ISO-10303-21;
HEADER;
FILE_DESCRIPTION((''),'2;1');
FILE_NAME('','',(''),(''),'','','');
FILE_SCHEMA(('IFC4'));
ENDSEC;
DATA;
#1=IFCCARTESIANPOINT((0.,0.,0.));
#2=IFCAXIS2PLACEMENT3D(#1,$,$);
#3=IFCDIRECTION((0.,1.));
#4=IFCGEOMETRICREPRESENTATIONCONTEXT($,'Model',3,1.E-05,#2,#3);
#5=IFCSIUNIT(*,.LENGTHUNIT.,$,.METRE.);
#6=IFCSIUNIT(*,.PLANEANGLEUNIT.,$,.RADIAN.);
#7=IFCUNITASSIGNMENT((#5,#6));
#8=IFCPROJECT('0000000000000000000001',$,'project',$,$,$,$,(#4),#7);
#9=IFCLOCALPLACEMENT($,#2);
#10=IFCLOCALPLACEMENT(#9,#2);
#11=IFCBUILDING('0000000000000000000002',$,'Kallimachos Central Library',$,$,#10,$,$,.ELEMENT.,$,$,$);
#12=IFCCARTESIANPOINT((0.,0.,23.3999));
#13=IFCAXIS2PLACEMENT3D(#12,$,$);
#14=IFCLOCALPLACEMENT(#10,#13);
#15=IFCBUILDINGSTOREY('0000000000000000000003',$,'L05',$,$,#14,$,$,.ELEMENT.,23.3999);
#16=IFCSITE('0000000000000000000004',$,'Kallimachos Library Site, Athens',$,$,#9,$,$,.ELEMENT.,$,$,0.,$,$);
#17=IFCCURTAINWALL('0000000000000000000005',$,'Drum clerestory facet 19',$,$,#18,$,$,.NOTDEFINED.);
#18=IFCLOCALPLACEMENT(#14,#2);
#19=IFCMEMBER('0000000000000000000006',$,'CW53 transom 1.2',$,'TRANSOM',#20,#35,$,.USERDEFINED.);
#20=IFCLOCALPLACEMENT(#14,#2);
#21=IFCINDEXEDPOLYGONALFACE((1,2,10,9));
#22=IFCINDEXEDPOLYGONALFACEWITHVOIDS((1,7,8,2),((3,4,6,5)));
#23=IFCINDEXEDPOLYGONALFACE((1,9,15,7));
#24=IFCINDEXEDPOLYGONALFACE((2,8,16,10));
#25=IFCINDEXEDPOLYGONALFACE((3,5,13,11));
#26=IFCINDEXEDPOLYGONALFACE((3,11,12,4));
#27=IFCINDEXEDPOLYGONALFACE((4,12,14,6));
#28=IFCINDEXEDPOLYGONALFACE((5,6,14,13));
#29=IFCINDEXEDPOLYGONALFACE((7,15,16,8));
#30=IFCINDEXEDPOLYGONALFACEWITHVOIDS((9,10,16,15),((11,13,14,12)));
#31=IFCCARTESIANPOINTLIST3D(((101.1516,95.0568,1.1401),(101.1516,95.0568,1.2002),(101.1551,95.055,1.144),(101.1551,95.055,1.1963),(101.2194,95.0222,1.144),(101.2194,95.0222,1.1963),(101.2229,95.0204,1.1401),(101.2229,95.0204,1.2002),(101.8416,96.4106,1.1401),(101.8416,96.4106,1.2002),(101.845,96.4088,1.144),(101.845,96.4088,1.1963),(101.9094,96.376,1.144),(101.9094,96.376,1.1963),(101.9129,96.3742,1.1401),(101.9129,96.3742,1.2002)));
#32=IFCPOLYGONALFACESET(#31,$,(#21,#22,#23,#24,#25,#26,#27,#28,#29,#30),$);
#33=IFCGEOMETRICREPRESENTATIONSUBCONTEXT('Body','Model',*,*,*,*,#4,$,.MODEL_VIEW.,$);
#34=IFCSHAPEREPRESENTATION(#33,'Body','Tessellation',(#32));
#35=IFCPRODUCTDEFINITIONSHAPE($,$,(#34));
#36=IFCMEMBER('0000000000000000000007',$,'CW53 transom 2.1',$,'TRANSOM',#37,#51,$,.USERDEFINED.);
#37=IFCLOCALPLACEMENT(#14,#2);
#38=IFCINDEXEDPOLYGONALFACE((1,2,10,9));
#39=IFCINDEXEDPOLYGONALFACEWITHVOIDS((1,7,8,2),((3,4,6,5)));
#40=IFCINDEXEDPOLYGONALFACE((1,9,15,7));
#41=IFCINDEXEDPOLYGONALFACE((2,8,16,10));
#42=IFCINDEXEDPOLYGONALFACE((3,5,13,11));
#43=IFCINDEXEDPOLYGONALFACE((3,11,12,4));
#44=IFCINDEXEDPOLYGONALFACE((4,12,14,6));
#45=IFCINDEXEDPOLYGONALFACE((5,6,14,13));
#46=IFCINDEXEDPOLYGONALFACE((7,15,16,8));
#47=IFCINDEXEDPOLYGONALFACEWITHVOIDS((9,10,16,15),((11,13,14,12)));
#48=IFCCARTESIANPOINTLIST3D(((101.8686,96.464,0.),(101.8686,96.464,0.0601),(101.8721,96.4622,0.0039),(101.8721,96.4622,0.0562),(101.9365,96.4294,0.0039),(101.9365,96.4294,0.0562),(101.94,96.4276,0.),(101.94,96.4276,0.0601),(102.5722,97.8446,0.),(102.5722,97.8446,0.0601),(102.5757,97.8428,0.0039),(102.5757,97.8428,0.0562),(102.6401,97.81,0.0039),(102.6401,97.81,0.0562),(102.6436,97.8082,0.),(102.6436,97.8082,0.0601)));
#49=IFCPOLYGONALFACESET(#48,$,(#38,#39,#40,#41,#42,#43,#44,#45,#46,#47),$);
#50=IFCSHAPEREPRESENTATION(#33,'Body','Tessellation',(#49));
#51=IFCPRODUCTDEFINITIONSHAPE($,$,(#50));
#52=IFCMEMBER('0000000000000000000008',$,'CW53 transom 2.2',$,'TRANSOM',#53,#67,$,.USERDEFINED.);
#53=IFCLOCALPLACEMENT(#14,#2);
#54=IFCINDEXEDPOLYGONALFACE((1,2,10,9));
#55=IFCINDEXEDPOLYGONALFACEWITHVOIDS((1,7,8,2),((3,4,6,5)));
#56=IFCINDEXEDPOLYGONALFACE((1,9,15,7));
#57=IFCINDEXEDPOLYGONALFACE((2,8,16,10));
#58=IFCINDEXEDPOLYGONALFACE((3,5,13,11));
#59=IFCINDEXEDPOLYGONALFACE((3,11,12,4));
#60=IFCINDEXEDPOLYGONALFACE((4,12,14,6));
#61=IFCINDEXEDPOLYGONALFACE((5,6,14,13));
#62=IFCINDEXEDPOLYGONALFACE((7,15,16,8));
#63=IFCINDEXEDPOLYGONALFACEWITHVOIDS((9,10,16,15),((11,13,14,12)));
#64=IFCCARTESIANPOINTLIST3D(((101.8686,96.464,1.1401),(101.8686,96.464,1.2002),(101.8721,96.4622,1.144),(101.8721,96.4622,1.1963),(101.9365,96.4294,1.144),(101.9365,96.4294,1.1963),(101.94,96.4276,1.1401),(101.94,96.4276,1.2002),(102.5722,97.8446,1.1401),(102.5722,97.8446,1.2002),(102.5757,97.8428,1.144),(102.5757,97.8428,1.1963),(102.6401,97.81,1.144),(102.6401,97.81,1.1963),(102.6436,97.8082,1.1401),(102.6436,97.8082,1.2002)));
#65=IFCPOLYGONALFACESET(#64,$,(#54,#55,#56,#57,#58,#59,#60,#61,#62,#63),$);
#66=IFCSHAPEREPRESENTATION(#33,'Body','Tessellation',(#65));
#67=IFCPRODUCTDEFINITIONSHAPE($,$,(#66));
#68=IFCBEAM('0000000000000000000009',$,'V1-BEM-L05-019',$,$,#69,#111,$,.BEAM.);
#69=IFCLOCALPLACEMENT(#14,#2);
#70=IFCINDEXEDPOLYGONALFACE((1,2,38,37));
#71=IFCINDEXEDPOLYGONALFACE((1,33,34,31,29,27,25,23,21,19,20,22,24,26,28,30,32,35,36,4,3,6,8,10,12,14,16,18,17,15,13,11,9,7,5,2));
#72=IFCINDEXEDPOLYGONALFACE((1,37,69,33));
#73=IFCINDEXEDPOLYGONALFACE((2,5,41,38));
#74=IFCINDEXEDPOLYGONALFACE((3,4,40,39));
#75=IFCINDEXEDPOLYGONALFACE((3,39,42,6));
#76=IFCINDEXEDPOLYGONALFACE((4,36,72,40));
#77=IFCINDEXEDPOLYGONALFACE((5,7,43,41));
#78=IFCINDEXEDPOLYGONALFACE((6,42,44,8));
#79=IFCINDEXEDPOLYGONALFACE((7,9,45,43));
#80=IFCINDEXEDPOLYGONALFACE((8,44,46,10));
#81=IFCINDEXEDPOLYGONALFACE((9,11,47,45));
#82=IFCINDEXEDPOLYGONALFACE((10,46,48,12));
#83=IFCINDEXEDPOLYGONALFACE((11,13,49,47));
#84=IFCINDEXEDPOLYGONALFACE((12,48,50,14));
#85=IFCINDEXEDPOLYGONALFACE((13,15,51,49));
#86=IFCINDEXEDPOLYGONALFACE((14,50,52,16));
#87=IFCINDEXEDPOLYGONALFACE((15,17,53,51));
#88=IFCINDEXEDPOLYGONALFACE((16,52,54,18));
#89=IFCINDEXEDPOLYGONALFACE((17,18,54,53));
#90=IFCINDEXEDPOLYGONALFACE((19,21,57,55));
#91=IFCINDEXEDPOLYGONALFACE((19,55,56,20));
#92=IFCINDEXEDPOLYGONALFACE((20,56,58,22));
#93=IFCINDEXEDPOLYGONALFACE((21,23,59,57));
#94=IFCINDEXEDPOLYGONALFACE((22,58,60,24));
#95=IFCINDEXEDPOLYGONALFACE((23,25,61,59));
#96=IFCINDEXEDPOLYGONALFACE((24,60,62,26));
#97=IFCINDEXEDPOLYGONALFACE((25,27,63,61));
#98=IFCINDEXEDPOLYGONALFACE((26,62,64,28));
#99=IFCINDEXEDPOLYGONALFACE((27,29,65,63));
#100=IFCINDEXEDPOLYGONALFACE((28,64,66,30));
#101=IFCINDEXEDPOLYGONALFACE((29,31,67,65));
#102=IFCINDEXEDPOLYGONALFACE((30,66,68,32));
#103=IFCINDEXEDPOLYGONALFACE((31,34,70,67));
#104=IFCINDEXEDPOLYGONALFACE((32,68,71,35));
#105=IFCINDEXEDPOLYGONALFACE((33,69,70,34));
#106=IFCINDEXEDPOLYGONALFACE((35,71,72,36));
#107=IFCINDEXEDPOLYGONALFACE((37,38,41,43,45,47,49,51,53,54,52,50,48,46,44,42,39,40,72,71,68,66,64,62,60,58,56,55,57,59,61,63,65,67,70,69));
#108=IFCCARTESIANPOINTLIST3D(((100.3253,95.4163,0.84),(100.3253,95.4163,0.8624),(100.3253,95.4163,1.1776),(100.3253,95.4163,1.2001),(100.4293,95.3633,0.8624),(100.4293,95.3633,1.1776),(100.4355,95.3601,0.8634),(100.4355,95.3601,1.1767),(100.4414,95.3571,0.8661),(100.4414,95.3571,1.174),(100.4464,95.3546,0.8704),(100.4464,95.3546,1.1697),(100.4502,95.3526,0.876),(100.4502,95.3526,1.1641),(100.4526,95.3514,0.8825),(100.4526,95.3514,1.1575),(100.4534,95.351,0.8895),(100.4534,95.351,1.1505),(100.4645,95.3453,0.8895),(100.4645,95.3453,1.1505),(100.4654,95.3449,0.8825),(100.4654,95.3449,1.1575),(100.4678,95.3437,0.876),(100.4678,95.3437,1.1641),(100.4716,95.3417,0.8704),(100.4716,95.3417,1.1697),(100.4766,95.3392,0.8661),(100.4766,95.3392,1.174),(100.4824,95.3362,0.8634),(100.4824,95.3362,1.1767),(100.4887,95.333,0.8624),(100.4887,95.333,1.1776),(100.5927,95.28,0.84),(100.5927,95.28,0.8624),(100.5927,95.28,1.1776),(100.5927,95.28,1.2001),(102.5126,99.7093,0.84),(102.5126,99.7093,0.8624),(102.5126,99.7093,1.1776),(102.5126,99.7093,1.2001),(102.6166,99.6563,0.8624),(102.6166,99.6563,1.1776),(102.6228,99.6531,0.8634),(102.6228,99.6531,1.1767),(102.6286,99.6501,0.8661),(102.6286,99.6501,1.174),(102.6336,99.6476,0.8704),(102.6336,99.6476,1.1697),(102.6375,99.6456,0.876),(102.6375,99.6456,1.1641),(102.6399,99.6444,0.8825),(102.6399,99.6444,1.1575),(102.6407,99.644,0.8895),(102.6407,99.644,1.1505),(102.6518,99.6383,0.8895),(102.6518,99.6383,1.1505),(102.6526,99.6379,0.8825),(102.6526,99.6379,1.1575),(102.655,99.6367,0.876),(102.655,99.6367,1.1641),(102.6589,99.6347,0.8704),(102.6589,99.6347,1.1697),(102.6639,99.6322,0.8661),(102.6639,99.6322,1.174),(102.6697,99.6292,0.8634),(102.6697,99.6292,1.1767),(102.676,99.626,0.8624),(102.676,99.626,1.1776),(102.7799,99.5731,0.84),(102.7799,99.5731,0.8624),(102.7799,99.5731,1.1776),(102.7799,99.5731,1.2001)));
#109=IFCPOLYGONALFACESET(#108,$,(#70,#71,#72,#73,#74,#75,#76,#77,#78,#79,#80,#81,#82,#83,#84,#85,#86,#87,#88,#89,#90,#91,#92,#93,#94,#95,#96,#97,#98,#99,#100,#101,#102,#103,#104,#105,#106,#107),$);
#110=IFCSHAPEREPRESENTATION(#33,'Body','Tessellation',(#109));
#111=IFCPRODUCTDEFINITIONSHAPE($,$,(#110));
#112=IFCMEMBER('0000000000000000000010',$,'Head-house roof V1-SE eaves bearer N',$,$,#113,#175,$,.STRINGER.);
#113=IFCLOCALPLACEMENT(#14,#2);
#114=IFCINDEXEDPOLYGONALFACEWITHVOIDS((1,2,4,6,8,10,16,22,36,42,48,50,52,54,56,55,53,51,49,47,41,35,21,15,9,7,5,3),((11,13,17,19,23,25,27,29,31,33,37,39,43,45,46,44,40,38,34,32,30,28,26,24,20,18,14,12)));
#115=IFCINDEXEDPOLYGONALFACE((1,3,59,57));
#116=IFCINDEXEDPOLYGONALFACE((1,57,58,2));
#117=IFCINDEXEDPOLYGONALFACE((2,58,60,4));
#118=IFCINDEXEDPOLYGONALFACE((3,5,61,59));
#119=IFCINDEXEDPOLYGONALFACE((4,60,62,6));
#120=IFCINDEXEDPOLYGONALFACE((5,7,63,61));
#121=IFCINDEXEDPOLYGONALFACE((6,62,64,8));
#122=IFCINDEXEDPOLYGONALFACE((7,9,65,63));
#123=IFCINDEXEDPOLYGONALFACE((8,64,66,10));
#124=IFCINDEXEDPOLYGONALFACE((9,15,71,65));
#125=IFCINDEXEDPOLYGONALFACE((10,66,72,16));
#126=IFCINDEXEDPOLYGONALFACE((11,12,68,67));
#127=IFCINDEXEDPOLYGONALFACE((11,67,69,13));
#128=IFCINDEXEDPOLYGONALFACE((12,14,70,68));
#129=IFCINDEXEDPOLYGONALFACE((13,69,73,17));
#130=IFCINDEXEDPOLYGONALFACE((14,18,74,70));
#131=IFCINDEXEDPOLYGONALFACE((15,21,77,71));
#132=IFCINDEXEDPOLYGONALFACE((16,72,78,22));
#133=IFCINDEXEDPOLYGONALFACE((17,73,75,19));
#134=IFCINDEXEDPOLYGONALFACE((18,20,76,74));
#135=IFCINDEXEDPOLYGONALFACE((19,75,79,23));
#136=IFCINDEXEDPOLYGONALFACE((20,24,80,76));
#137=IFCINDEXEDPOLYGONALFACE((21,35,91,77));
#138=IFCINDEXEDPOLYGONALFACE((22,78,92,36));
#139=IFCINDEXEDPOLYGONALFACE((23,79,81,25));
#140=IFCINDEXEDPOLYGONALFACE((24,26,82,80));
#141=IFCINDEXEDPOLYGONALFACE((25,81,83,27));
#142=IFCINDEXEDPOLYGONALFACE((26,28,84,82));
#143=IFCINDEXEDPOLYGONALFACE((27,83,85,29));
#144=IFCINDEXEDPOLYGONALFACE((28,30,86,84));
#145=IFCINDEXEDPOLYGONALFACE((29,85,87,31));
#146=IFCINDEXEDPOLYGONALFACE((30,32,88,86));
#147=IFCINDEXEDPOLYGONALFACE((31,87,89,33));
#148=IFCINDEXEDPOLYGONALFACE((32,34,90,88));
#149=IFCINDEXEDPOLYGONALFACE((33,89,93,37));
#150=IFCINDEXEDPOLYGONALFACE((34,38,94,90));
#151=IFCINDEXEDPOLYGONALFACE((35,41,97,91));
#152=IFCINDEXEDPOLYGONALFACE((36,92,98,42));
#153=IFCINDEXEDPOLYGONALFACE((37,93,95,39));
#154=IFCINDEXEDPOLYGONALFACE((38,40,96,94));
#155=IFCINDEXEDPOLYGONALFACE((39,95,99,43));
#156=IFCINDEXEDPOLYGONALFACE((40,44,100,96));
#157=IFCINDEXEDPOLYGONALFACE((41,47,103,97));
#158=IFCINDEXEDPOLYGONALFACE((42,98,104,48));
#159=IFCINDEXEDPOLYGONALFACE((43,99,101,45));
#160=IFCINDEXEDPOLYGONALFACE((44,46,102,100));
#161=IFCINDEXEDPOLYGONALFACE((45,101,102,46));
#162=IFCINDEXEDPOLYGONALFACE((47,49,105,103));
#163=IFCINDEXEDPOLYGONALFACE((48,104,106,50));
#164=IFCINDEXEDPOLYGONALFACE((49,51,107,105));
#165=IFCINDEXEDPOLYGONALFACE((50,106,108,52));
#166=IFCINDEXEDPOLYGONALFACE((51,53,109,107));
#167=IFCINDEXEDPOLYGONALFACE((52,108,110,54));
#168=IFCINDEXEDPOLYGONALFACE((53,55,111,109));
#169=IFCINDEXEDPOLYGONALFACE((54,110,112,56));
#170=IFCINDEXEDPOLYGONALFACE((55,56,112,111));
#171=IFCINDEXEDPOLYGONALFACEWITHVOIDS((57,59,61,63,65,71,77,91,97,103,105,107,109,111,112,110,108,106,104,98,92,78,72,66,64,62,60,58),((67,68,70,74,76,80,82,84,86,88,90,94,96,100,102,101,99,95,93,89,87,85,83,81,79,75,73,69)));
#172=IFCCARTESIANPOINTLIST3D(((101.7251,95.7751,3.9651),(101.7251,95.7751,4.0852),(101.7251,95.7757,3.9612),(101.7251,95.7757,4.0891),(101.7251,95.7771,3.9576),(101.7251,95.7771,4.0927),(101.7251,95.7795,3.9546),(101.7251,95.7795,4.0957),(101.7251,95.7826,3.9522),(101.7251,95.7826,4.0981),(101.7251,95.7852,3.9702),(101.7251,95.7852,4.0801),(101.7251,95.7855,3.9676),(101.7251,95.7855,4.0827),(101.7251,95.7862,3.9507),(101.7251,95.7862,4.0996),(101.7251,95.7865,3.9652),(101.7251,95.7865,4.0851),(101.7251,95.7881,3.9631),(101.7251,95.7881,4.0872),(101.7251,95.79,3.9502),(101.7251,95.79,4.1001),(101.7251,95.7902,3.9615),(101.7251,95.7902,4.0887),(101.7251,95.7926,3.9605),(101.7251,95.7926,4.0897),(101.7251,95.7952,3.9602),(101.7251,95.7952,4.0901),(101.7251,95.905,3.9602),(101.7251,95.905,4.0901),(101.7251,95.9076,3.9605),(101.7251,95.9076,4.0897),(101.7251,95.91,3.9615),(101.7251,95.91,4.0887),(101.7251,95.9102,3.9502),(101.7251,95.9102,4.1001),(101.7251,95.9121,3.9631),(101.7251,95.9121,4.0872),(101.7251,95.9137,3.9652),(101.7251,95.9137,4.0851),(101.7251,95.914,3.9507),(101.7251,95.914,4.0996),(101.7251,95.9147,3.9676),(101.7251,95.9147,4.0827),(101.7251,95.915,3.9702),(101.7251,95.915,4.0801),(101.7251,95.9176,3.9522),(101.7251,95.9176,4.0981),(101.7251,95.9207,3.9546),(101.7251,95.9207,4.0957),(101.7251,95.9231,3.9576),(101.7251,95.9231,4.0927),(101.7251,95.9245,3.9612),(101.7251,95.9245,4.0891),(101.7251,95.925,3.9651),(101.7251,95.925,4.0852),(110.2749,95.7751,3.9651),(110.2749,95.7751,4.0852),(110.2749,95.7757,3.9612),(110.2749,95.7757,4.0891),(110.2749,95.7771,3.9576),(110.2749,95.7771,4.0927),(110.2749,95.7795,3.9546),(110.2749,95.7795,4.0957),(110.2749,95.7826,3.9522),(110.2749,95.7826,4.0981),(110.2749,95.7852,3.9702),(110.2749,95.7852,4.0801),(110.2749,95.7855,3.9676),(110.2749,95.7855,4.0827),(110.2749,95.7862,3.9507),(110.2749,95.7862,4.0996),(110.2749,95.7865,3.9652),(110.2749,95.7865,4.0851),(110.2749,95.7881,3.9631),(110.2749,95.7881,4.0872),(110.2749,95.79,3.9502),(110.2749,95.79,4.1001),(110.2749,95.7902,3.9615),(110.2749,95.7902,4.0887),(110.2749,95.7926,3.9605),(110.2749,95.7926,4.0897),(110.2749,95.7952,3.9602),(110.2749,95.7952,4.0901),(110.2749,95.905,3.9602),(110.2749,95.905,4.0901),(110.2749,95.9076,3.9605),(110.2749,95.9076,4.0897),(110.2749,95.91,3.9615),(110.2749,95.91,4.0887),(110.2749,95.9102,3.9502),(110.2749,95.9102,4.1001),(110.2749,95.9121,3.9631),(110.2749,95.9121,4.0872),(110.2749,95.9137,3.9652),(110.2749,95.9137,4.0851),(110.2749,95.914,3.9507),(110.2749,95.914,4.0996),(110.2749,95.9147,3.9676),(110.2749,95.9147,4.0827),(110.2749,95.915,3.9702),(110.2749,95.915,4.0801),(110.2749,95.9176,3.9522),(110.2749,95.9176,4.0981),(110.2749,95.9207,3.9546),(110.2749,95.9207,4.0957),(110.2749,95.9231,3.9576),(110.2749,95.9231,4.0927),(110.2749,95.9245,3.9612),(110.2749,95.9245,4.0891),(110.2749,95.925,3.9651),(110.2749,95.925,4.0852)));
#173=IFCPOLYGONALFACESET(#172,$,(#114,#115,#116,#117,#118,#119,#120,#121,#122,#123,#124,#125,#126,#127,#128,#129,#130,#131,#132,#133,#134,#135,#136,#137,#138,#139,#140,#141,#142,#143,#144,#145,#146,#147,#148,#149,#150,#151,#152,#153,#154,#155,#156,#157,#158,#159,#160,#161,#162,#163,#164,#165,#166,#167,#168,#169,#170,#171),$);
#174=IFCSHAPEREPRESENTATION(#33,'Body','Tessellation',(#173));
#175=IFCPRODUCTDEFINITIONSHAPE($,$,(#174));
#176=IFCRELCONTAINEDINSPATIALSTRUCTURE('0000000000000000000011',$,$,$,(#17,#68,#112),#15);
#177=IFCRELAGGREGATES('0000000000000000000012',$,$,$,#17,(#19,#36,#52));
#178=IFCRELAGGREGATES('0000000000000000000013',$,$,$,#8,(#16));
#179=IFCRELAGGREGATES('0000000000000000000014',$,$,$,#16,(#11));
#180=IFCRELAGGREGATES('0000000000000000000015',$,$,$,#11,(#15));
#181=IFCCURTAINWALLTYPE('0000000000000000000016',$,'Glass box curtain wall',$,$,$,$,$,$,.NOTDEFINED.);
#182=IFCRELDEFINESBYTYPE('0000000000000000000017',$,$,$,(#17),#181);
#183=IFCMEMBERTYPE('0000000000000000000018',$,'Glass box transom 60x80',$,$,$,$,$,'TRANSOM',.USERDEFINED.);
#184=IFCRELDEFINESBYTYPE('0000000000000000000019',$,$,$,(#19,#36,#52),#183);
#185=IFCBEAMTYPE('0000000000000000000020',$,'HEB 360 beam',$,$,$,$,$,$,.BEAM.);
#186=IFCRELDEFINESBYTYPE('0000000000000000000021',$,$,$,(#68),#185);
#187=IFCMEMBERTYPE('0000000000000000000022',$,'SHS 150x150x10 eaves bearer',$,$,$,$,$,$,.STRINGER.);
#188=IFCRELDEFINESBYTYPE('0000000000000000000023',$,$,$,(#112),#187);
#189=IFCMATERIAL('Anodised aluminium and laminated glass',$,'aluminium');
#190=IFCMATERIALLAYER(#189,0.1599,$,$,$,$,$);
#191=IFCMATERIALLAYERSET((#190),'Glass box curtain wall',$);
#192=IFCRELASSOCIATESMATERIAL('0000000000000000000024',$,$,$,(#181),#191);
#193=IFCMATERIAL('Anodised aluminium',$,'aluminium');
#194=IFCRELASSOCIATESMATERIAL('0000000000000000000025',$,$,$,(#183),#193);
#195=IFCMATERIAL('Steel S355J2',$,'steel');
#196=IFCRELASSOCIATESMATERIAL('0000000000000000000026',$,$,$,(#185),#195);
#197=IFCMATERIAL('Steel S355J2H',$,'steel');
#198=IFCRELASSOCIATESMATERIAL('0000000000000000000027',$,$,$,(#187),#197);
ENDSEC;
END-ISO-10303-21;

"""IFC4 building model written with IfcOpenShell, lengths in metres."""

from ifc_helpers import new_model, si_unit, direction, frame, origin, origin_2d, place, context, subcontext, project, spatial, hollow_rectangle, i_section, extrude, material, layer, layer_set, material_profile, profile_set, type_object, element, aggregate, save


model = new_model("IFC4")

# Units and contexts
model_context = context("Model", 3, precision=1e-05, world=origin(), true_north=direction((0.0, 1.0)))
body_context = subcontext(model_context, "Body", "Model", "MODEL_VIEW")
ifc_project = project(units=[si_unit("LENGTHUNIT", "METRE"), si_unit("PLANEANGLEUNIT", "RADIAN")], contexts=[model_context])

# Site, building, storey
site_placement = place(None, origin())
site = spatial("IfcSite", under=ifc_project, at=site_placement, Name="Kallimachos Library Site, Athens", CompositionType="ELEMENT", RefElevation=0.0)
building_placement = place(site_placement, origin())
building = spatial("IfcBuilding", under=site, at=building_placement, Name="Kallimachos Central Library", CompositionType="ELEMENT")
storey_placement = place(building_placement, frame((0.0, 0.0, 23.3999)))
storey = spatial("IfcBuildingStorey", under=building, at=storey_placement, Name="L05", CompositionType="ELEMENT", Elevation=23.3999)

# Curtain wall
ifc_material_1 = material(Name="Anodised aluminium and laminated glass", Category="aluminium")
ifc_layer_1 = layer(ifc_material_1, 0.1599)
ifc_layer_set_1 = layer_set([ifc_layer_1], Name="Glass box curtain wall")
curtain_wall_type = type_object("IfcCurtainWallType", Name="Glass box curtain wall", PredefinedType="NOTDEFINED", material=ifc_layer_set_1)
curtain_wall_1_placement = place(storey_placement, origin())
curtain_wall_1 = element("IfcCurtainWall", 1, at=curtain_wall_1_placement, inside=storey, type_object=curtain_wall_type, Name="Drum clerestory facet 19", PredefinedType="NOTDEFINED")

# Members
ifc_material_2 = material(Name="Anodised aluminium", Category="aluminium")
ifc_material_profile_1 = material_profile(ifc_material_2, hollow_rectangle(XDim=0.0601, YDim=0.0801, WallThickness=0.0039, at=origin_2d()), Name="ALU TRANSOM 60x80")
ifc_profile_set_1 = profile_set([ifc_material_profile_1], Name="Anodised aluminium")
member_type_1 = type_object("IfcMemberType", Name="Glass box transom 60x80", ElementType="TRANSOM", PredefinedType="USERDEFINED", material=ifc_profile_set_1)
member_1_placement = place(storey_placement, frame((101.1873, 95.0386, 1.1702), z_axis=(0.454077, 0.890962, 0.0), x_axis=(0.0, 0.0, 1.0)))
member_1 = element("IfcMember", 2, at=member_1_placement, type_object=member_type_1, Name="CW53 transom 1.2", ObjectType="TRANSOM", PredefinedType="USERDEFINED", context=body_context, shape_type="SweptSolid", body=[
    extrude(hollow_rectangle(XDim=0.0601, YDim=0.0801, WallThickness=0.0039, at=origin_2d()), origin(), (0.0, 0.0, 1.0), 1.5195),
])
member_2_placement = place(storey_placement, frame((101.9043, 96.4458, 0.03), z_axis=(0.45407, 0.890966, 0.0), x_axis=(0.0, 0.0, 1.0)))
member_2 = element("IfcMember", 3, at=member_2_placement, type_object=member_type_1, Name="CW53 transom 2.1", ObjectType="TRANSOM", PredefinedType="USERDEFINED", context=body_context, shape_type="SweptSolid", body=[
    extrude(hollow_rectangle(XDim=0.0601, YDim=0.0801, WallThickness=0.0039, at=origin_2d()), origin(), (0.0, 0.0, 1.0), 1.5496),
])
member_3_placement = place(storey_placement, frame((101.9043, 96.4458, 1.1702), z_axis=(0.45407, 0.890966, 0.0), x_axis=(0.0, 0.0, 1.0)))
member_3 = element("IfcMember", 4, at=member_3_placement, type_object=member_type_1, Name="CW53 transom 2.2", ObjectType="TRANSOM", PredefinedType="USERDEFINED", context=body_context, shape_type="SweptSolid", body=[
    extrude(hollow_rectangle(XDim=0.0601, YDim=0.0801, WallThickness=0.0039, at=origin_2d()), origin(), (0.0, 0.0, 1.0), 1.5496),
])

# Beam
ifc_material_3 = material(Name="Steel S355J2", Category="steel")
ifc_material_profile_2 = material_profile(ifc_material_3, i_section(OverallWidth=0.3, OverallDepth=0.3601, WebThickness=0.0125, FlangeThickness=0.0225, FilletRadius=0.0271, at=origin_2d()), Name="HEB 360")
ifc_profile_set_2 = profile_set([ifc_material_profile_2], Name="Steel S355J2")
beam_type = type_object("IfcBeamType", Name="HEB 360 beam", PredefinedType="BEAM", material=ifc_profile_set_2)
beam_placement = place(storey_placement, frame((100.459, 95.3481, 1.02), z_axis=(0.453971, 0.891017, 0.0), x_axis=(-0.891017, 0.453971, 0.0)))
element("IfcBeam", 5, at=beam_placement, inside=storey, type_object=beam_type, Name="V1-BEM-L05-019", PredefinedType="BEAM", context=body_context, shape_type="SweptSolid", body=[
    extrude(i_section(OverallWidth=0.3, OverallDepth=0.3601, WebThickness=0.0125, FlangeThickness=0.0225, FilletRadius=0.0271, at=origin_2d()), origin(), (0.0, 0.0, 1.0), 4.8181),
])

# Member
ifc_material_4 = material(Name="Steel S355J2H", Category="steel")
ifc_material_profile_3 = material_profile(ifc_material_4, hollow_rectangle(XDim=0.1499, YDim=0.1499, WallThickness=0.01, InnerFilletRadius=0.01, OuterFilletRadius=0.0149, at=origin_2d()), Name="SHS 150x150x10")
ifc_profile_set_3 = profile_set([ifc_material_profile_3], Name="Steel S355J2H")
member_type_2 = type_object("IfcMemberType", Name="SHS 150x150x10 eaves bearer", PredefinedType="STRINGER", material=ifc_profile_set_3)
member_4_placement = place(storey_placement, frame((101.7251, 95.8501, 4.0251), z_axis=(1.0, 0.0, 0.0), x_axis=(0.0, 1.0, 0.0)))
element("IfcMember", 6, at=member_4_placement, inside=storey, type_object=member_type_2, Name="Head-house roof V1-SE eaves bearer N", PredefinedType="STRINGER", context=body_context, shape_type="SweptSolid", body=[
    extrude(hollow_rectangle(XDim=0.1499, YDim=0.1499, WallThickness=0.01, InnerFilletRadius=0.01, OuterFilletRadius=0.0149, at=origin_2d()), origin(), (0.0, 0.0, 1.0), 8.5498),
])

aggregate(curtain_wall_1, [member_1, member_2, member_3])

save(model, "model.ifc")
